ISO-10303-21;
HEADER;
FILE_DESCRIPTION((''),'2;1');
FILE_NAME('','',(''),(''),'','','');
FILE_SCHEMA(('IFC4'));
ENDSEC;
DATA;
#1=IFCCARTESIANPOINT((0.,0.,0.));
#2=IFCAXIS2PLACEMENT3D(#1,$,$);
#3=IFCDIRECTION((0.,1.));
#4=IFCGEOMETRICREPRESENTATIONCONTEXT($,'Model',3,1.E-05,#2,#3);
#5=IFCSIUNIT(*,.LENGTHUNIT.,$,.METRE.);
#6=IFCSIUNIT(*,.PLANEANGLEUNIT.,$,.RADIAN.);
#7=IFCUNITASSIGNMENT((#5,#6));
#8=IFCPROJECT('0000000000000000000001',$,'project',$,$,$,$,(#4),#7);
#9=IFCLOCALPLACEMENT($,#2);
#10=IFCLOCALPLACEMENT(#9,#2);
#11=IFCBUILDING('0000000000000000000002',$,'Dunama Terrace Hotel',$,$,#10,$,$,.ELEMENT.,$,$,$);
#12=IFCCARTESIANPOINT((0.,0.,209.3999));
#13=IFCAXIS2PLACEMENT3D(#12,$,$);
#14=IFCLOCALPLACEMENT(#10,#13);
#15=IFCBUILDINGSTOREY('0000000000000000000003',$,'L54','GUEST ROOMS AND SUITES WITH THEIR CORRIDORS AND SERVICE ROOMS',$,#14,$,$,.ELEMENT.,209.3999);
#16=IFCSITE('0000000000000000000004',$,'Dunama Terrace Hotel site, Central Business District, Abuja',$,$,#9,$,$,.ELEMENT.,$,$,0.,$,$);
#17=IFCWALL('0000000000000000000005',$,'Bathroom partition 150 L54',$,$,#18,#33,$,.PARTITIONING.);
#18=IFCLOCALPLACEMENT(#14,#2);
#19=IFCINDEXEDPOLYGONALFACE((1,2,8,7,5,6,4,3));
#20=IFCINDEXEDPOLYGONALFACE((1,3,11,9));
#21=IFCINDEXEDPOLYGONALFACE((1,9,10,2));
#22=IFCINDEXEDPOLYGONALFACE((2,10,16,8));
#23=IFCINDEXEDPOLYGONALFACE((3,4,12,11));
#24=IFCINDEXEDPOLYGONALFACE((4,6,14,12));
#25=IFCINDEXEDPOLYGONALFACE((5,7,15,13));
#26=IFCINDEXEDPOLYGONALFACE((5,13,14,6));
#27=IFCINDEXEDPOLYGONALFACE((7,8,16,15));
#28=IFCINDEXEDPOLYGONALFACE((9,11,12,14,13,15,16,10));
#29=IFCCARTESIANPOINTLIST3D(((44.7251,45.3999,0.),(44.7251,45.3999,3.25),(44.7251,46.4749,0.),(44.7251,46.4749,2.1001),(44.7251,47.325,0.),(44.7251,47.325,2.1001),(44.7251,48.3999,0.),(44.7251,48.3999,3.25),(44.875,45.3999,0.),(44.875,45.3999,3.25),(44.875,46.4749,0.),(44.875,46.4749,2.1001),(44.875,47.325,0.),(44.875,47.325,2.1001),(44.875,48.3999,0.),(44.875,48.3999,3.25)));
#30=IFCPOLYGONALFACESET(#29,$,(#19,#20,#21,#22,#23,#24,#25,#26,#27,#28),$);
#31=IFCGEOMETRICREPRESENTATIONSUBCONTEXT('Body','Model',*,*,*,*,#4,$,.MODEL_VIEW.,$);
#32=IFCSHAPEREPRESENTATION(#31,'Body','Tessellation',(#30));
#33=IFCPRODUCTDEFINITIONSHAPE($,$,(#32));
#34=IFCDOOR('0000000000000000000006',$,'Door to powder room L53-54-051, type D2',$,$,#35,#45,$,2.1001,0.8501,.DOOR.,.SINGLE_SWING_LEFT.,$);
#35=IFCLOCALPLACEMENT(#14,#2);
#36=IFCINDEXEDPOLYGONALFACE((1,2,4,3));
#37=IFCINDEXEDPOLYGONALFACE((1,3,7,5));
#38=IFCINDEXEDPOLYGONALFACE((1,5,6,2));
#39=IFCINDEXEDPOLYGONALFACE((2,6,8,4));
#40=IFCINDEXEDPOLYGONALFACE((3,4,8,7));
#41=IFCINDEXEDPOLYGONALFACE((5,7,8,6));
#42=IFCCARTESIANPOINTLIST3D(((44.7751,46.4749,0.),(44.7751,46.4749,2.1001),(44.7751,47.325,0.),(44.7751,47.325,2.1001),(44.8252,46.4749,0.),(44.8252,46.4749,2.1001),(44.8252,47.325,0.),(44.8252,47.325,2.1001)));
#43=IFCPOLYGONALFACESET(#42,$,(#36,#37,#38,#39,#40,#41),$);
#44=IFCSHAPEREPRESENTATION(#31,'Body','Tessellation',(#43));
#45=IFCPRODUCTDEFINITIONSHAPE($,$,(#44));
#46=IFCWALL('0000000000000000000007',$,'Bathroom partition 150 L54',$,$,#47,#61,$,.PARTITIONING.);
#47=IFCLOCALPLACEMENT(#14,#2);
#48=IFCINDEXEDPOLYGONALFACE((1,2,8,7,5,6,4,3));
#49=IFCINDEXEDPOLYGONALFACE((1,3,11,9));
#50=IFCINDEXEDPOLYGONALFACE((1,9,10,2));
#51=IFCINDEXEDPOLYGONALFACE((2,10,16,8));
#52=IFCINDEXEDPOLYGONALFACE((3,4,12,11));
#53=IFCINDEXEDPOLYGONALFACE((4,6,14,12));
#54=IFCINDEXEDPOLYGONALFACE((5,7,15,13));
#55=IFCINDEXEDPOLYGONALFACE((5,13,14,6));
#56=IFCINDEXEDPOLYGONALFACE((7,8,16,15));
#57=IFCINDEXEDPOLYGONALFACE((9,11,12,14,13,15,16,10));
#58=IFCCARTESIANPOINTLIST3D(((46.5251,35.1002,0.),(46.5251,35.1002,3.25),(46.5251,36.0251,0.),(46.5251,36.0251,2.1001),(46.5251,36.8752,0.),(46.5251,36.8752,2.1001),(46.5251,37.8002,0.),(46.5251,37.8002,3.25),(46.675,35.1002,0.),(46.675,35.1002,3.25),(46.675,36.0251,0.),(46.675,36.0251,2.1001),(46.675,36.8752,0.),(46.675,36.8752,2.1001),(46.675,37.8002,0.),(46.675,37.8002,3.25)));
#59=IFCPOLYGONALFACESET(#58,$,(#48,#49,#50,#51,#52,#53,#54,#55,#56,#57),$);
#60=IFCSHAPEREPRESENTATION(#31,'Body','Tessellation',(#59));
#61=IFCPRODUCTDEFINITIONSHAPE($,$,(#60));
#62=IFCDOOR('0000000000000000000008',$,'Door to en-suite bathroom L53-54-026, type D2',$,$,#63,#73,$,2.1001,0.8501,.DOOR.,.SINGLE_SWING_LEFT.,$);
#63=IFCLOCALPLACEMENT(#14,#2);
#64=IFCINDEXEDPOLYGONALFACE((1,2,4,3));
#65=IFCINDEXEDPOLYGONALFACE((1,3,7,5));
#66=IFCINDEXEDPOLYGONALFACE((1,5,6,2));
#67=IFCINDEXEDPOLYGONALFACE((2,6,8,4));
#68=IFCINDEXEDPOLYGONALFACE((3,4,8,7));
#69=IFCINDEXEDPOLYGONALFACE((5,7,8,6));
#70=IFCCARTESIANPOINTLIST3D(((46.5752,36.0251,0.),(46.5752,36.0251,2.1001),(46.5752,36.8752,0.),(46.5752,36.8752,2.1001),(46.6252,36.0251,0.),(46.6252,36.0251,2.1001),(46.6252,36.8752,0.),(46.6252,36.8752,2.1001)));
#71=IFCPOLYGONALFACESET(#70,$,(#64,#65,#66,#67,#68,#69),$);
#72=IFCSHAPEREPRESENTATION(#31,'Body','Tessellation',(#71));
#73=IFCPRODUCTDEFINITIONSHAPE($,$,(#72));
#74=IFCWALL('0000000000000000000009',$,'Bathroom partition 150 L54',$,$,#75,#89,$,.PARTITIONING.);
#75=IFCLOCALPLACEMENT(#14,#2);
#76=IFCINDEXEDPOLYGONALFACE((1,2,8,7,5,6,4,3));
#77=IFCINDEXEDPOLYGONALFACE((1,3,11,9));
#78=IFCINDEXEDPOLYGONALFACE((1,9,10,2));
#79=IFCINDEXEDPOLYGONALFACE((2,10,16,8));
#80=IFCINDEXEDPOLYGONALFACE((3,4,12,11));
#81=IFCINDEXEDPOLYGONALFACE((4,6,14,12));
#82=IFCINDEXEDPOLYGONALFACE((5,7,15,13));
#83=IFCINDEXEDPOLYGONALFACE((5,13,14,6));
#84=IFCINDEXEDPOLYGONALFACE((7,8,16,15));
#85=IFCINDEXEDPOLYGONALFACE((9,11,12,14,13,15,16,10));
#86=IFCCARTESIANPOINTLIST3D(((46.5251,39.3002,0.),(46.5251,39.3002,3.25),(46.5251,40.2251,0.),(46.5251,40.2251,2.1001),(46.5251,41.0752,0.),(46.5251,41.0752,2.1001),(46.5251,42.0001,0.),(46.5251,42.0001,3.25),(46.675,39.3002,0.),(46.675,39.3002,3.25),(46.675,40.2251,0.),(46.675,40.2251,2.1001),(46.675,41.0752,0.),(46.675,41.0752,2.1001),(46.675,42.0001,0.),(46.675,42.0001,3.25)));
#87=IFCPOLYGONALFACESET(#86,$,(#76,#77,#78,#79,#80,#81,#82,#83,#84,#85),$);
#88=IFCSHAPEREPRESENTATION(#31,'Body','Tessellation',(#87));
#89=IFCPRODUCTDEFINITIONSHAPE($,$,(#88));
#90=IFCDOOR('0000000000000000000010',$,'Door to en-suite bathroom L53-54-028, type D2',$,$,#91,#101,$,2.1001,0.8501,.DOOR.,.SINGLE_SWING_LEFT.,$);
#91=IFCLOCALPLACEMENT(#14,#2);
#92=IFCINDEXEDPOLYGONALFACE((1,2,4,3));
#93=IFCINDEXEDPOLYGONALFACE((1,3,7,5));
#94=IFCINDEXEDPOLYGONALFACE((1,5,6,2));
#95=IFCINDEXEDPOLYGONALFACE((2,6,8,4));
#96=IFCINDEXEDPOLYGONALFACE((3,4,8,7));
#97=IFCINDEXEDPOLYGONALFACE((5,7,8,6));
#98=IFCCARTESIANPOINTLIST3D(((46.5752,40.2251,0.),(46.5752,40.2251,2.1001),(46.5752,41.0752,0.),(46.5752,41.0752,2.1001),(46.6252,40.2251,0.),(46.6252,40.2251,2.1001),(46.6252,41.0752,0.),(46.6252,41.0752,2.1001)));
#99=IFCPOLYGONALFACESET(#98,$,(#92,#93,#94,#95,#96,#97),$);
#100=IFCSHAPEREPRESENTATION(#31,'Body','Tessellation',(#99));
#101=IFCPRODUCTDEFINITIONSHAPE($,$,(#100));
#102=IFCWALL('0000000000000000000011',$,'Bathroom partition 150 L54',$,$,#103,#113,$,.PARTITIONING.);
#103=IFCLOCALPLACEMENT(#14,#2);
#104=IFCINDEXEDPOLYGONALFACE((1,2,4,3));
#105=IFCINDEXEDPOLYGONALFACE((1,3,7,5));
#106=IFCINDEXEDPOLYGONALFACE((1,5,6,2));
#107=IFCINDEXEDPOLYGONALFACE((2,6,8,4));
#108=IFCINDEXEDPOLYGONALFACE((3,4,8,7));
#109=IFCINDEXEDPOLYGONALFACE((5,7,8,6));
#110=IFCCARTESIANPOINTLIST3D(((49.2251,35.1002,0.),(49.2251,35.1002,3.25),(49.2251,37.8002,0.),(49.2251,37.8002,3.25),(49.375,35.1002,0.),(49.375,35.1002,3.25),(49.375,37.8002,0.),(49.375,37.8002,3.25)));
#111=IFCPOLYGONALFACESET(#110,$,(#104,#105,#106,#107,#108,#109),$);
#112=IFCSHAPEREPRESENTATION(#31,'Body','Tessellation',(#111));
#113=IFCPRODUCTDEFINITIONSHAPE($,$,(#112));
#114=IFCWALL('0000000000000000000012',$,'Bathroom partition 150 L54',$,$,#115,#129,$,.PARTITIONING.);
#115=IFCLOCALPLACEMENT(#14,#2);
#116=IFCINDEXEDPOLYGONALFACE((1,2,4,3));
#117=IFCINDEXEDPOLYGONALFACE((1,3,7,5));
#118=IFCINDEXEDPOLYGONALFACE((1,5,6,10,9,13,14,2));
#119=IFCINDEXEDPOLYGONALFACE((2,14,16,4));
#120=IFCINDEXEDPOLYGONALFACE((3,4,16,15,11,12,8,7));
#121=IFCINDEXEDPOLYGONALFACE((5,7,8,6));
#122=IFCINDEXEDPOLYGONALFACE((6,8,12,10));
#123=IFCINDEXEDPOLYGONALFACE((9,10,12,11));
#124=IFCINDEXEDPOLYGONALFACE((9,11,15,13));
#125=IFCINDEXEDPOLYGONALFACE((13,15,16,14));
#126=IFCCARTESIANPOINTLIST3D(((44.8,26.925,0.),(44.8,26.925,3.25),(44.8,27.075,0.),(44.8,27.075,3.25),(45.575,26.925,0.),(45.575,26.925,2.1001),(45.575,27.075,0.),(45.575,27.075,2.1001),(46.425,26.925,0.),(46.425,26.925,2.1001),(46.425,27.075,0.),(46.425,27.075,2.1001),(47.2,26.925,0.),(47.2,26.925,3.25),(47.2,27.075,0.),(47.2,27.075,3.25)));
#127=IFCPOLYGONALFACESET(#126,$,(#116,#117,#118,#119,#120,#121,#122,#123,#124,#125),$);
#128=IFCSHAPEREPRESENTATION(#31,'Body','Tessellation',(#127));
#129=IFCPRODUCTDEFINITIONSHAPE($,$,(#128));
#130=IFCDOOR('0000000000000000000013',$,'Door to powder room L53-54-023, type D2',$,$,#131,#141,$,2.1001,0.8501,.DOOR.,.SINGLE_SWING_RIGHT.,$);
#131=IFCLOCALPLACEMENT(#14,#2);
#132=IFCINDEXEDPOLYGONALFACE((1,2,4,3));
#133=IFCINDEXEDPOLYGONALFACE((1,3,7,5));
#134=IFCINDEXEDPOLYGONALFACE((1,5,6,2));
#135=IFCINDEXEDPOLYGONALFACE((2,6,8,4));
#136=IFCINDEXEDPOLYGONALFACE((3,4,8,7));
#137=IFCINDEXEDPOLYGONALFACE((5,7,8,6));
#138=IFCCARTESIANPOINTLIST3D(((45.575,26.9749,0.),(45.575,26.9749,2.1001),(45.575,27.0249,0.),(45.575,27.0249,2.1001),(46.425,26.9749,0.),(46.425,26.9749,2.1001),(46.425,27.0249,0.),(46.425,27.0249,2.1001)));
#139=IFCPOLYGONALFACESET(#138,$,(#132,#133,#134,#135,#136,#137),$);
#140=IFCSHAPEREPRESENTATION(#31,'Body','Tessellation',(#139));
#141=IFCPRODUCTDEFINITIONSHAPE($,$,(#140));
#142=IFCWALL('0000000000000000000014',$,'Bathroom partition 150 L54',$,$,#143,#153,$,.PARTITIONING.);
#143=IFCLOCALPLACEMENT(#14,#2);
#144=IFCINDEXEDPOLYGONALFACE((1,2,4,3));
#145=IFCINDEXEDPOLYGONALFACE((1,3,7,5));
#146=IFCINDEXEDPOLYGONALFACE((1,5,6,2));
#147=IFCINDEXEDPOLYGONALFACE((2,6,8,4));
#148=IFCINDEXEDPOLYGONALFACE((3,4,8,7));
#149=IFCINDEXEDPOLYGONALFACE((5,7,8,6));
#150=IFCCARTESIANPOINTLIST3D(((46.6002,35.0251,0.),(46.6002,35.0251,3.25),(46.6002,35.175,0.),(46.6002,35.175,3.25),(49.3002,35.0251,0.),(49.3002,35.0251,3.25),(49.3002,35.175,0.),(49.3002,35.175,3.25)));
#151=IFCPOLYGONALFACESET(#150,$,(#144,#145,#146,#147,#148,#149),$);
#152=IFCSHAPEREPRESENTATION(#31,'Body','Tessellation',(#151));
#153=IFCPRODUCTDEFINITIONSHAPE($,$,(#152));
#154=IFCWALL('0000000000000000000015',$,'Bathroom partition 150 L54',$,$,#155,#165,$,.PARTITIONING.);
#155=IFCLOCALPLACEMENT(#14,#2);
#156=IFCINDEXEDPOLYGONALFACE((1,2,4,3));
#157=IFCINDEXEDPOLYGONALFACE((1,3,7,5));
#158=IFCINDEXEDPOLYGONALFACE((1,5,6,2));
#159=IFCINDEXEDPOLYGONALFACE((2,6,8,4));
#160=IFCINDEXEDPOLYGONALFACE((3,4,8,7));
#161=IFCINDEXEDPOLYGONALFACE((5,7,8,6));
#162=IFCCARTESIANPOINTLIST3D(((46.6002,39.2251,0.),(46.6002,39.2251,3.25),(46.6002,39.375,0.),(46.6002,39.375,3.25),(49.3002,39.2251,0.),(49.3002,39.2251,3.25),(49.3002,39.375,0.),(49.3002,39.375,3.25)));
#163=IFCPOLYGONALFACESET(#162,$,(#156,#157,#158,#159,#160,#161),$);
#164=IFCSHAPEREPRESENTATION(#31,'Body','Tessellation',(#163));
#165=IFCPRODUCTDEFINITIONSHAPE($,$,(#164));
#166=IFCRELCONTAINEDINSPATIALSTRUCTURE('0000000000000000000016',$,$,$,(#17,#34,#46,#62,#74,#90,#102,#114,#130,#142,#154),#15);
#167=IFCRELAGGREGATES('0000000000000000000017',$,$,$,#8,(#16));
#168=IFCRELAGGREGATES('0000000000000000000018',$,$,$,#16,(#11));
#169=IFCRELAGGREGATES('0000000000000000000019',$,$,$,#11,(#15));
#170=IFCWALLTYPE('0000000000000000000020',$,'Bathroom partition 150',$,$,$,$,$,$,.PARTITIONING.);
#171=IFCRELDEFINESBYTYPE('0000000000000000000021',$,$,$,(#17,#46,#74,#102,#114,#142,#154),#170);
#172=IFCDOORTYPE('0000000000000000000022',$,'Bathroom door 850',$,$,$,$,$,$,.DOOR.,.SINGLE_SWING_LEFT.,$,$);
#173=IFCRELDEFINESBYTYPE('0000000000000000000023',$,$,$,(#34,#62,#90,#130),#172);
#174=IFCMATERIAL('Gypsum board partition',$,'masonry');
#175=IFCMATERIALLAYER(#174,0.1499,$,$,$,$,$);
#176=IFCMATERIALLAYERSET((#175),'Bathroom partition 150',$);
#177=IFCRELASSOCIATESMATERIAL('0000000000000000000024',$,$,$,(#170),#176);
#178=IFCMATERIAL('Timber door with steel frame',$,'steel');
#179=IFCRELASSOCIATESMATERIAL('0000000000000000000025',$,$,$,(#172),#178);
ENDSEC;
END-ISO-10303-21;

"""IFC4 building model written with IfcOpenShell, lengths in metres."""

from ifc_helpers import new_model, si_unit, direction, frame, frame_2d, origin, place, context, subcontext, project, spatial, rectangle, extrude, material, layer, layer_set, type_object, element, fill, save


model = new_model("IFC4")

# Units and contexts
model_context = context("Model", 3, precision=1e-05, world=origin(), true_north=direction((0.0, 1.0)))
body_context = subcontext(model_context, "Body", "Model", "MODEL_VIEW")
ifc_project = project(units=[si_unit("LENGTHUNIT", "METRE"), si_unit("PLANEANGLEUNIT", "RADIAN")], contexts=[model_context])

# Site, building, storey
site_placement = place(None, origin())
site = spatial("IfcSite", under=ifc_project, at=site_placement, Name="Dunama Terrace Hotel site, Central Business District, Abuja", CompositionType="ELEMENT", RefElevation=0.0)
building_placement = place(site_placement, origin())
building = spatial("IfcBuilding", under=site, at=building_placement, Name="Dunama Terrace Hotel", CompositionType="ELEMENT")
storey_placement = place(building_placement, frame((0.0, 0.0, 209.3999)))
storey = spatial("IfcBuildingStorey", under=building, at=storey_placement, Name="L54", Description="GUEST ROOMS AND SUITES WITH THEIR CORRIDORS AND SERVICE ROOMS", CompositionType="ELEMENT", Elevation=209.3999)

# Walls, openings, doors
ifc_material_1 = material(Name="Gypsum board partition", Category="masonry")
ifc_layer_1 = layer(ifc_material_1, 0.1499)
ifc_layer_set_1 = layer_set([ifc_layer_1], Name="Bathroom partition 150")
wall_type_1 = type_object("IfcWallType", Name="Bathroom partition 150", PredefinedType="PARTITIONING", material=ifc_layer_set_1)
wall_1_placement = place(storey_placement, frame((44.8, 45.3999, 0.0), z_axis=(0.0, 0.0, 1.0), x_axis=(0.0, 1.0, 0.0)))
wall_1 = element("IfcWall", 1, at=wall_1_placement, inside=storey, type_object=wall_type_1, Name="Bathroom partition 150 L54", PredefinedType="PARTITIONING", context=body_context, shape_type="SweptSolid", body=[
    extrude(rectangle(XDim=3.0, YDim=0.1499, at=frame_2d((1.5, 0.0))), origin(), (0.0, 0.0, 1.0), 3.25),
])
opening_1_placement = place(wall_1_placement, frame((1.075, 0.0, 0.0)))
opening_1 = element("IfcOpeningElement", 2, at=opening_1_placement, cuts=wall_1, PredefinedType="OPENING", context=body_context, shape_type="SweptSolid", body=[
    extrude(rectangle(XDim=0.8501, YDim=2.1001, at=frame_2d((0.425, 1.05))), frame((0.0, 0.085, 0.0), z_axis=(0.0, -1.0, 0.0), x_axis=(1.0, 0.0, 0.0)), (0.0, 0.0, 1.0), 0.1699),
])
ifc_material_2 = material(Name="Timber door with steel frame", Category="steel")
door_type_1 = type_object("IfcDoorType", Name="Bathroom door 850", OperationType="SINGLE_SWING_LEFT", PredefinedType="DOOR", material=ifc_material_2)
door_1_placement = place(opening_1_placement, origin())
door_1 = element("IfcDoor", 3, at=door_1_placement, inside=storey, type_object=door_type_1, Name="Door to powder room L53-54-051, type D2", OperationType="SINGLE_SWING_LEFT", OverallHeight=2.1001, OverallWidth=0.8501, PredefinedType="DOOR", context=body_context, shape_type="SweptSolid", body=[
    extrude(rectangle(XDim=0.8501, YDim=2.1001, at=frame_2d((0.425, 1.05))), frame((0.0, 0.0249, 0.0), z_axis=(0.0, -1.0, 0.0), x_axis=(1.0, 0.0, 0.0)), (0.0, 0.0, 1.0), 0.05),
])
fill(opening_1, door_1)
wall_2_placement = place(storey_placement, frame((46.6001, 35.1001, 0.0), z_axis=(0.0, 0.0, 1.0), x_axis=(0.0, 1.0, 0.0)))
wall_2 = element("IfcWall", 4, at=wall_2_placement, inside=storey, type_object=wall_type_1, Name="Bathroom partition 150 L54", PredefinedType="PARTITIONING", context=body_context, shape_type="SweptSolid", body=[
    extrude(rectangle(XDim=2.7, YDim=0.1499, at=frame_2d((1.3501, 0.0))), origin(), (0.0, 0.0, 1.0), 3.25),
])
opening_2_placement = place(wall_2_placement, frame((0.925, 0.0, 0.0)))
opening_2 = element("IfcOpeningElement", 5, at=opening_2_placement, cuts=wall_2, PredefinedType="OPENING", context=body_context, shape_type="SweptSolid", body=[
    extrude(rectangle(XDim=0.8501, YDim=2.1001, at=frame_2d((0.425, 1.05))), frame((0.0, 0.085, 0.0), z_axis=(0.0, -1.0, 0.0), x_axis=(1.0, 0.0, 0.0)), (0.0, 0.0, 1.0), 0.1699),
])
door_2_placement = place(opening_2_placement, frame((0.8501, 0.0, 0.0), z_axis=(0.0, 0.0, 1.0), x_axis=(-1.0, 0.0, 0.0)))
door_2 = element("IfcDoor", 6, at=door_2_placement, inside=storey, type_object=door_type_1, Name="Door to en-suite bathroom L53-54-026, type D2", OperationType="SINGLE_SWING_LEFT", OverallHeight=2.1001, OverallWidth=0.8501, PredefinedType="DOOR", context=body_context, shape_type="SweptSolid", body=[
    extrude(rectangle(XDim=0.8501, YDim=2.1001, at=frame_2d((0.425, 1.05))), frame((0.0, 0.0251, 0.0), z_axis=(0.0, -1.0, 0.0), x_axis=(1.0, 0.0, 0.0)), (0.0, 0.0, 1.0), 0.05),
])
fill(opening_2, door_2)
wall_3_placement = place(storey_placement, frame((46.6001, 39.3, 0.0), z_axis=(0.0, 0.0, 1.0), x_axis=(0.0, 1.0, 0.0)))
wall_3 = element("IfcWall", 7, at=wall_3_placement, inside=storey, type_object=wall_type_1, Name="Bathroom partition 150 L54", PredefinedType="PARTITIONING", context=body_context, shape_type="SweptSolid", body=[
    extrude(rectangle(XDim=2.7, YDim=0.1499, at=frame_2d((1.3501, 0.0))), origin(), (0.0, 0.0, 1.0), 3.25),
])
opening_3_placement = place(wall_3_placement, frame((0.925, 0.0, 0.0)))
opening_3 = element("IfcOpeningElement", 8, at=opening_3_placement, cuts=wall_3, PredefinedType="OPENING", context=body_context, shape_type="SweptSolid", body=[
    extrude(rectangle(XDim=0.8501, YDim=2.1001, at=frame_2d((0.425, 1.05))), frame((0.0, 0.085, 0.0), z_axis=(0.0, -1.0, 0.0), x_axis=(1.0, 0.0, 0.0)), (0.0, 0.0, 1.0), 0.1699),
])
door_3_placement = place(opening_3_placement, frame((0.8501, 0.0, 0.0), z_axis=(0.0, 0.0, 1.0), x_axis=(-1.0, 0.0, 0.0)))
door_3 = element("IfcDoor", 9, at=door_3_placement, inside=storey, type_object=door_type_1, Name="Door to en-suite bathroom L53-54-028, type D2", OperationType="SINGLE_SWING_LEFT", OverallHeight=2.1001, OverallWidth=0.8501, PredefinedType="DOOR", context=body_context, shape_type="SweptSolid", body=[
    extrude(rectangle(XDim=0.8501, YDim=2.1001, at=frame_2d((0.425, 1.05))), frame((0.0, 0.0251, 0.0), z_axis=(0.0, -1.0, 0.0), x_axis=(1.0, 0.0, 0.0)), (0.0, 0.0, 1.0), 0.05),
])
fill(opening_3, door_3)

# Wall
wall_4_placement = place(storey_placement, frame((49.3, 35.1001, 0.0), z_axis=(0.0, 0.0, 1.0), x_axis=(0.0, 1.0, 0.0)))
element("IfcWall", 10, at=wall_4_placement, inside=storey, type_object=wall_type_1, Name="Bathroom partition 150 L54", PredefinedType="PARTITIONING", context=body_context, shape_type="SweptSolid", body=[
    extrude(rectangle(XDim=2.7, YDim=0.1499, at=frame_2d((1.3501, 0.0))), origin(), (0.0, 0.0, 1.0), 3.25),
])

# Wall, opening, door
wall_5_placement = place(storey_placement, frame((44.8, 27.0, 0.0), z_axis=(0.0, 0.0, 1.0), x_axis=(1.0, 0.0, 0.0)))
wall_5 = element("IfcWall", 11, at=wall_5_placement, inside=storey, type_object=wall_type_1, Name="Bathroom partition 150 L54", PredefinedType="PARTITIONING", context=body_context, shape_type="SweptSolid", body=[
    extrude(rectangle(XDim=2.3999, YDim=0.1499, at=frame_2d((1.2, 0.0))), origin(), (0.0, 0.0, 1.0), 3.25),
])
opening_4_placement = place(wall_5_placement, frame((0.7749, 0.0, 0.0)))
opening_4 = element("IfcOpeningElement", 12, at=opening_4_placement, cuts=wall_5, PredefinedType="OPENING", context=body_context, shape_type="SweptSolid", body=[
    extrude(rectangle(XDim=0.8501, YDim=2.1001, at=frame_2d((0.425, 1.05))), frame((0.0, 0.085, 0.0), z_axis=(0.0, -1.0, 0.0), x_axis=(1.0, 0.0, 0.0)), (0.0, 0.0, 1.0), 0.1699),
])
door_4_placement = place(opening_4_placement, frame((0.8501, 0.0, 0.0), z_axis=(0.0, 0.0, 1.0), x_axis=(-1.0, 0.0, 0.0)))
door_4 = element("IfcDoor", 13, at=door_4_placement, inside=storey, type_object=door_type_1, Name="Door to powder room L53-54-023, type D2", OperationType="SINGLE_SWING_RIGHT", OverallHeight=2.1001, OverallWidth=0.8501, PredefinedType="DOOR", context=body_context, shape_type="SweptSolid", body=[
    extrude(rectangle(XDim=0.8501, YDim=2.1001, at=frame_2d((0.425, 1.05))), frame((0.0, 0.0251, 0.0), z_axis=(0.0, -1.0, 0.0), x_axis=(1.0, 0.0, 0.0)), (0.0, 0.0, 1.0), 0.05),
])
fill(opening_4, door_4)

# Walls
for number, where, z_axis, x_axis, name in (
    (14, (46.6001, 35.1001, 0.0), (0.0, 0.0, 1.0), (1.0, 0.0, 0.0), "Bathroom partition 150 L54"),
    (15, (46.6001, 39.3, 0.0), (0.0, 0.0, 1.0), (1.0, 0.0, 0.0), "Bathroom partition 150 L54"),
):
    element("IfcWall", number, at=place(storey_placement, frame(where, z_axis=z_axis, x_axis=x_axis)), inside=storey, type_object=wall_type_1, Name=name, PredefinedType="PARTITIONING", context=body_context, shape_type="SweptSolid", body=[
        extrude(rectangle(XDim=2.7, YDim=0.1499, at=frame_2d((1.3501, 0.0))), origin(), (0.0, 0.0, 1.0), 3.25),
    ])

save(model, "model.ifc")
